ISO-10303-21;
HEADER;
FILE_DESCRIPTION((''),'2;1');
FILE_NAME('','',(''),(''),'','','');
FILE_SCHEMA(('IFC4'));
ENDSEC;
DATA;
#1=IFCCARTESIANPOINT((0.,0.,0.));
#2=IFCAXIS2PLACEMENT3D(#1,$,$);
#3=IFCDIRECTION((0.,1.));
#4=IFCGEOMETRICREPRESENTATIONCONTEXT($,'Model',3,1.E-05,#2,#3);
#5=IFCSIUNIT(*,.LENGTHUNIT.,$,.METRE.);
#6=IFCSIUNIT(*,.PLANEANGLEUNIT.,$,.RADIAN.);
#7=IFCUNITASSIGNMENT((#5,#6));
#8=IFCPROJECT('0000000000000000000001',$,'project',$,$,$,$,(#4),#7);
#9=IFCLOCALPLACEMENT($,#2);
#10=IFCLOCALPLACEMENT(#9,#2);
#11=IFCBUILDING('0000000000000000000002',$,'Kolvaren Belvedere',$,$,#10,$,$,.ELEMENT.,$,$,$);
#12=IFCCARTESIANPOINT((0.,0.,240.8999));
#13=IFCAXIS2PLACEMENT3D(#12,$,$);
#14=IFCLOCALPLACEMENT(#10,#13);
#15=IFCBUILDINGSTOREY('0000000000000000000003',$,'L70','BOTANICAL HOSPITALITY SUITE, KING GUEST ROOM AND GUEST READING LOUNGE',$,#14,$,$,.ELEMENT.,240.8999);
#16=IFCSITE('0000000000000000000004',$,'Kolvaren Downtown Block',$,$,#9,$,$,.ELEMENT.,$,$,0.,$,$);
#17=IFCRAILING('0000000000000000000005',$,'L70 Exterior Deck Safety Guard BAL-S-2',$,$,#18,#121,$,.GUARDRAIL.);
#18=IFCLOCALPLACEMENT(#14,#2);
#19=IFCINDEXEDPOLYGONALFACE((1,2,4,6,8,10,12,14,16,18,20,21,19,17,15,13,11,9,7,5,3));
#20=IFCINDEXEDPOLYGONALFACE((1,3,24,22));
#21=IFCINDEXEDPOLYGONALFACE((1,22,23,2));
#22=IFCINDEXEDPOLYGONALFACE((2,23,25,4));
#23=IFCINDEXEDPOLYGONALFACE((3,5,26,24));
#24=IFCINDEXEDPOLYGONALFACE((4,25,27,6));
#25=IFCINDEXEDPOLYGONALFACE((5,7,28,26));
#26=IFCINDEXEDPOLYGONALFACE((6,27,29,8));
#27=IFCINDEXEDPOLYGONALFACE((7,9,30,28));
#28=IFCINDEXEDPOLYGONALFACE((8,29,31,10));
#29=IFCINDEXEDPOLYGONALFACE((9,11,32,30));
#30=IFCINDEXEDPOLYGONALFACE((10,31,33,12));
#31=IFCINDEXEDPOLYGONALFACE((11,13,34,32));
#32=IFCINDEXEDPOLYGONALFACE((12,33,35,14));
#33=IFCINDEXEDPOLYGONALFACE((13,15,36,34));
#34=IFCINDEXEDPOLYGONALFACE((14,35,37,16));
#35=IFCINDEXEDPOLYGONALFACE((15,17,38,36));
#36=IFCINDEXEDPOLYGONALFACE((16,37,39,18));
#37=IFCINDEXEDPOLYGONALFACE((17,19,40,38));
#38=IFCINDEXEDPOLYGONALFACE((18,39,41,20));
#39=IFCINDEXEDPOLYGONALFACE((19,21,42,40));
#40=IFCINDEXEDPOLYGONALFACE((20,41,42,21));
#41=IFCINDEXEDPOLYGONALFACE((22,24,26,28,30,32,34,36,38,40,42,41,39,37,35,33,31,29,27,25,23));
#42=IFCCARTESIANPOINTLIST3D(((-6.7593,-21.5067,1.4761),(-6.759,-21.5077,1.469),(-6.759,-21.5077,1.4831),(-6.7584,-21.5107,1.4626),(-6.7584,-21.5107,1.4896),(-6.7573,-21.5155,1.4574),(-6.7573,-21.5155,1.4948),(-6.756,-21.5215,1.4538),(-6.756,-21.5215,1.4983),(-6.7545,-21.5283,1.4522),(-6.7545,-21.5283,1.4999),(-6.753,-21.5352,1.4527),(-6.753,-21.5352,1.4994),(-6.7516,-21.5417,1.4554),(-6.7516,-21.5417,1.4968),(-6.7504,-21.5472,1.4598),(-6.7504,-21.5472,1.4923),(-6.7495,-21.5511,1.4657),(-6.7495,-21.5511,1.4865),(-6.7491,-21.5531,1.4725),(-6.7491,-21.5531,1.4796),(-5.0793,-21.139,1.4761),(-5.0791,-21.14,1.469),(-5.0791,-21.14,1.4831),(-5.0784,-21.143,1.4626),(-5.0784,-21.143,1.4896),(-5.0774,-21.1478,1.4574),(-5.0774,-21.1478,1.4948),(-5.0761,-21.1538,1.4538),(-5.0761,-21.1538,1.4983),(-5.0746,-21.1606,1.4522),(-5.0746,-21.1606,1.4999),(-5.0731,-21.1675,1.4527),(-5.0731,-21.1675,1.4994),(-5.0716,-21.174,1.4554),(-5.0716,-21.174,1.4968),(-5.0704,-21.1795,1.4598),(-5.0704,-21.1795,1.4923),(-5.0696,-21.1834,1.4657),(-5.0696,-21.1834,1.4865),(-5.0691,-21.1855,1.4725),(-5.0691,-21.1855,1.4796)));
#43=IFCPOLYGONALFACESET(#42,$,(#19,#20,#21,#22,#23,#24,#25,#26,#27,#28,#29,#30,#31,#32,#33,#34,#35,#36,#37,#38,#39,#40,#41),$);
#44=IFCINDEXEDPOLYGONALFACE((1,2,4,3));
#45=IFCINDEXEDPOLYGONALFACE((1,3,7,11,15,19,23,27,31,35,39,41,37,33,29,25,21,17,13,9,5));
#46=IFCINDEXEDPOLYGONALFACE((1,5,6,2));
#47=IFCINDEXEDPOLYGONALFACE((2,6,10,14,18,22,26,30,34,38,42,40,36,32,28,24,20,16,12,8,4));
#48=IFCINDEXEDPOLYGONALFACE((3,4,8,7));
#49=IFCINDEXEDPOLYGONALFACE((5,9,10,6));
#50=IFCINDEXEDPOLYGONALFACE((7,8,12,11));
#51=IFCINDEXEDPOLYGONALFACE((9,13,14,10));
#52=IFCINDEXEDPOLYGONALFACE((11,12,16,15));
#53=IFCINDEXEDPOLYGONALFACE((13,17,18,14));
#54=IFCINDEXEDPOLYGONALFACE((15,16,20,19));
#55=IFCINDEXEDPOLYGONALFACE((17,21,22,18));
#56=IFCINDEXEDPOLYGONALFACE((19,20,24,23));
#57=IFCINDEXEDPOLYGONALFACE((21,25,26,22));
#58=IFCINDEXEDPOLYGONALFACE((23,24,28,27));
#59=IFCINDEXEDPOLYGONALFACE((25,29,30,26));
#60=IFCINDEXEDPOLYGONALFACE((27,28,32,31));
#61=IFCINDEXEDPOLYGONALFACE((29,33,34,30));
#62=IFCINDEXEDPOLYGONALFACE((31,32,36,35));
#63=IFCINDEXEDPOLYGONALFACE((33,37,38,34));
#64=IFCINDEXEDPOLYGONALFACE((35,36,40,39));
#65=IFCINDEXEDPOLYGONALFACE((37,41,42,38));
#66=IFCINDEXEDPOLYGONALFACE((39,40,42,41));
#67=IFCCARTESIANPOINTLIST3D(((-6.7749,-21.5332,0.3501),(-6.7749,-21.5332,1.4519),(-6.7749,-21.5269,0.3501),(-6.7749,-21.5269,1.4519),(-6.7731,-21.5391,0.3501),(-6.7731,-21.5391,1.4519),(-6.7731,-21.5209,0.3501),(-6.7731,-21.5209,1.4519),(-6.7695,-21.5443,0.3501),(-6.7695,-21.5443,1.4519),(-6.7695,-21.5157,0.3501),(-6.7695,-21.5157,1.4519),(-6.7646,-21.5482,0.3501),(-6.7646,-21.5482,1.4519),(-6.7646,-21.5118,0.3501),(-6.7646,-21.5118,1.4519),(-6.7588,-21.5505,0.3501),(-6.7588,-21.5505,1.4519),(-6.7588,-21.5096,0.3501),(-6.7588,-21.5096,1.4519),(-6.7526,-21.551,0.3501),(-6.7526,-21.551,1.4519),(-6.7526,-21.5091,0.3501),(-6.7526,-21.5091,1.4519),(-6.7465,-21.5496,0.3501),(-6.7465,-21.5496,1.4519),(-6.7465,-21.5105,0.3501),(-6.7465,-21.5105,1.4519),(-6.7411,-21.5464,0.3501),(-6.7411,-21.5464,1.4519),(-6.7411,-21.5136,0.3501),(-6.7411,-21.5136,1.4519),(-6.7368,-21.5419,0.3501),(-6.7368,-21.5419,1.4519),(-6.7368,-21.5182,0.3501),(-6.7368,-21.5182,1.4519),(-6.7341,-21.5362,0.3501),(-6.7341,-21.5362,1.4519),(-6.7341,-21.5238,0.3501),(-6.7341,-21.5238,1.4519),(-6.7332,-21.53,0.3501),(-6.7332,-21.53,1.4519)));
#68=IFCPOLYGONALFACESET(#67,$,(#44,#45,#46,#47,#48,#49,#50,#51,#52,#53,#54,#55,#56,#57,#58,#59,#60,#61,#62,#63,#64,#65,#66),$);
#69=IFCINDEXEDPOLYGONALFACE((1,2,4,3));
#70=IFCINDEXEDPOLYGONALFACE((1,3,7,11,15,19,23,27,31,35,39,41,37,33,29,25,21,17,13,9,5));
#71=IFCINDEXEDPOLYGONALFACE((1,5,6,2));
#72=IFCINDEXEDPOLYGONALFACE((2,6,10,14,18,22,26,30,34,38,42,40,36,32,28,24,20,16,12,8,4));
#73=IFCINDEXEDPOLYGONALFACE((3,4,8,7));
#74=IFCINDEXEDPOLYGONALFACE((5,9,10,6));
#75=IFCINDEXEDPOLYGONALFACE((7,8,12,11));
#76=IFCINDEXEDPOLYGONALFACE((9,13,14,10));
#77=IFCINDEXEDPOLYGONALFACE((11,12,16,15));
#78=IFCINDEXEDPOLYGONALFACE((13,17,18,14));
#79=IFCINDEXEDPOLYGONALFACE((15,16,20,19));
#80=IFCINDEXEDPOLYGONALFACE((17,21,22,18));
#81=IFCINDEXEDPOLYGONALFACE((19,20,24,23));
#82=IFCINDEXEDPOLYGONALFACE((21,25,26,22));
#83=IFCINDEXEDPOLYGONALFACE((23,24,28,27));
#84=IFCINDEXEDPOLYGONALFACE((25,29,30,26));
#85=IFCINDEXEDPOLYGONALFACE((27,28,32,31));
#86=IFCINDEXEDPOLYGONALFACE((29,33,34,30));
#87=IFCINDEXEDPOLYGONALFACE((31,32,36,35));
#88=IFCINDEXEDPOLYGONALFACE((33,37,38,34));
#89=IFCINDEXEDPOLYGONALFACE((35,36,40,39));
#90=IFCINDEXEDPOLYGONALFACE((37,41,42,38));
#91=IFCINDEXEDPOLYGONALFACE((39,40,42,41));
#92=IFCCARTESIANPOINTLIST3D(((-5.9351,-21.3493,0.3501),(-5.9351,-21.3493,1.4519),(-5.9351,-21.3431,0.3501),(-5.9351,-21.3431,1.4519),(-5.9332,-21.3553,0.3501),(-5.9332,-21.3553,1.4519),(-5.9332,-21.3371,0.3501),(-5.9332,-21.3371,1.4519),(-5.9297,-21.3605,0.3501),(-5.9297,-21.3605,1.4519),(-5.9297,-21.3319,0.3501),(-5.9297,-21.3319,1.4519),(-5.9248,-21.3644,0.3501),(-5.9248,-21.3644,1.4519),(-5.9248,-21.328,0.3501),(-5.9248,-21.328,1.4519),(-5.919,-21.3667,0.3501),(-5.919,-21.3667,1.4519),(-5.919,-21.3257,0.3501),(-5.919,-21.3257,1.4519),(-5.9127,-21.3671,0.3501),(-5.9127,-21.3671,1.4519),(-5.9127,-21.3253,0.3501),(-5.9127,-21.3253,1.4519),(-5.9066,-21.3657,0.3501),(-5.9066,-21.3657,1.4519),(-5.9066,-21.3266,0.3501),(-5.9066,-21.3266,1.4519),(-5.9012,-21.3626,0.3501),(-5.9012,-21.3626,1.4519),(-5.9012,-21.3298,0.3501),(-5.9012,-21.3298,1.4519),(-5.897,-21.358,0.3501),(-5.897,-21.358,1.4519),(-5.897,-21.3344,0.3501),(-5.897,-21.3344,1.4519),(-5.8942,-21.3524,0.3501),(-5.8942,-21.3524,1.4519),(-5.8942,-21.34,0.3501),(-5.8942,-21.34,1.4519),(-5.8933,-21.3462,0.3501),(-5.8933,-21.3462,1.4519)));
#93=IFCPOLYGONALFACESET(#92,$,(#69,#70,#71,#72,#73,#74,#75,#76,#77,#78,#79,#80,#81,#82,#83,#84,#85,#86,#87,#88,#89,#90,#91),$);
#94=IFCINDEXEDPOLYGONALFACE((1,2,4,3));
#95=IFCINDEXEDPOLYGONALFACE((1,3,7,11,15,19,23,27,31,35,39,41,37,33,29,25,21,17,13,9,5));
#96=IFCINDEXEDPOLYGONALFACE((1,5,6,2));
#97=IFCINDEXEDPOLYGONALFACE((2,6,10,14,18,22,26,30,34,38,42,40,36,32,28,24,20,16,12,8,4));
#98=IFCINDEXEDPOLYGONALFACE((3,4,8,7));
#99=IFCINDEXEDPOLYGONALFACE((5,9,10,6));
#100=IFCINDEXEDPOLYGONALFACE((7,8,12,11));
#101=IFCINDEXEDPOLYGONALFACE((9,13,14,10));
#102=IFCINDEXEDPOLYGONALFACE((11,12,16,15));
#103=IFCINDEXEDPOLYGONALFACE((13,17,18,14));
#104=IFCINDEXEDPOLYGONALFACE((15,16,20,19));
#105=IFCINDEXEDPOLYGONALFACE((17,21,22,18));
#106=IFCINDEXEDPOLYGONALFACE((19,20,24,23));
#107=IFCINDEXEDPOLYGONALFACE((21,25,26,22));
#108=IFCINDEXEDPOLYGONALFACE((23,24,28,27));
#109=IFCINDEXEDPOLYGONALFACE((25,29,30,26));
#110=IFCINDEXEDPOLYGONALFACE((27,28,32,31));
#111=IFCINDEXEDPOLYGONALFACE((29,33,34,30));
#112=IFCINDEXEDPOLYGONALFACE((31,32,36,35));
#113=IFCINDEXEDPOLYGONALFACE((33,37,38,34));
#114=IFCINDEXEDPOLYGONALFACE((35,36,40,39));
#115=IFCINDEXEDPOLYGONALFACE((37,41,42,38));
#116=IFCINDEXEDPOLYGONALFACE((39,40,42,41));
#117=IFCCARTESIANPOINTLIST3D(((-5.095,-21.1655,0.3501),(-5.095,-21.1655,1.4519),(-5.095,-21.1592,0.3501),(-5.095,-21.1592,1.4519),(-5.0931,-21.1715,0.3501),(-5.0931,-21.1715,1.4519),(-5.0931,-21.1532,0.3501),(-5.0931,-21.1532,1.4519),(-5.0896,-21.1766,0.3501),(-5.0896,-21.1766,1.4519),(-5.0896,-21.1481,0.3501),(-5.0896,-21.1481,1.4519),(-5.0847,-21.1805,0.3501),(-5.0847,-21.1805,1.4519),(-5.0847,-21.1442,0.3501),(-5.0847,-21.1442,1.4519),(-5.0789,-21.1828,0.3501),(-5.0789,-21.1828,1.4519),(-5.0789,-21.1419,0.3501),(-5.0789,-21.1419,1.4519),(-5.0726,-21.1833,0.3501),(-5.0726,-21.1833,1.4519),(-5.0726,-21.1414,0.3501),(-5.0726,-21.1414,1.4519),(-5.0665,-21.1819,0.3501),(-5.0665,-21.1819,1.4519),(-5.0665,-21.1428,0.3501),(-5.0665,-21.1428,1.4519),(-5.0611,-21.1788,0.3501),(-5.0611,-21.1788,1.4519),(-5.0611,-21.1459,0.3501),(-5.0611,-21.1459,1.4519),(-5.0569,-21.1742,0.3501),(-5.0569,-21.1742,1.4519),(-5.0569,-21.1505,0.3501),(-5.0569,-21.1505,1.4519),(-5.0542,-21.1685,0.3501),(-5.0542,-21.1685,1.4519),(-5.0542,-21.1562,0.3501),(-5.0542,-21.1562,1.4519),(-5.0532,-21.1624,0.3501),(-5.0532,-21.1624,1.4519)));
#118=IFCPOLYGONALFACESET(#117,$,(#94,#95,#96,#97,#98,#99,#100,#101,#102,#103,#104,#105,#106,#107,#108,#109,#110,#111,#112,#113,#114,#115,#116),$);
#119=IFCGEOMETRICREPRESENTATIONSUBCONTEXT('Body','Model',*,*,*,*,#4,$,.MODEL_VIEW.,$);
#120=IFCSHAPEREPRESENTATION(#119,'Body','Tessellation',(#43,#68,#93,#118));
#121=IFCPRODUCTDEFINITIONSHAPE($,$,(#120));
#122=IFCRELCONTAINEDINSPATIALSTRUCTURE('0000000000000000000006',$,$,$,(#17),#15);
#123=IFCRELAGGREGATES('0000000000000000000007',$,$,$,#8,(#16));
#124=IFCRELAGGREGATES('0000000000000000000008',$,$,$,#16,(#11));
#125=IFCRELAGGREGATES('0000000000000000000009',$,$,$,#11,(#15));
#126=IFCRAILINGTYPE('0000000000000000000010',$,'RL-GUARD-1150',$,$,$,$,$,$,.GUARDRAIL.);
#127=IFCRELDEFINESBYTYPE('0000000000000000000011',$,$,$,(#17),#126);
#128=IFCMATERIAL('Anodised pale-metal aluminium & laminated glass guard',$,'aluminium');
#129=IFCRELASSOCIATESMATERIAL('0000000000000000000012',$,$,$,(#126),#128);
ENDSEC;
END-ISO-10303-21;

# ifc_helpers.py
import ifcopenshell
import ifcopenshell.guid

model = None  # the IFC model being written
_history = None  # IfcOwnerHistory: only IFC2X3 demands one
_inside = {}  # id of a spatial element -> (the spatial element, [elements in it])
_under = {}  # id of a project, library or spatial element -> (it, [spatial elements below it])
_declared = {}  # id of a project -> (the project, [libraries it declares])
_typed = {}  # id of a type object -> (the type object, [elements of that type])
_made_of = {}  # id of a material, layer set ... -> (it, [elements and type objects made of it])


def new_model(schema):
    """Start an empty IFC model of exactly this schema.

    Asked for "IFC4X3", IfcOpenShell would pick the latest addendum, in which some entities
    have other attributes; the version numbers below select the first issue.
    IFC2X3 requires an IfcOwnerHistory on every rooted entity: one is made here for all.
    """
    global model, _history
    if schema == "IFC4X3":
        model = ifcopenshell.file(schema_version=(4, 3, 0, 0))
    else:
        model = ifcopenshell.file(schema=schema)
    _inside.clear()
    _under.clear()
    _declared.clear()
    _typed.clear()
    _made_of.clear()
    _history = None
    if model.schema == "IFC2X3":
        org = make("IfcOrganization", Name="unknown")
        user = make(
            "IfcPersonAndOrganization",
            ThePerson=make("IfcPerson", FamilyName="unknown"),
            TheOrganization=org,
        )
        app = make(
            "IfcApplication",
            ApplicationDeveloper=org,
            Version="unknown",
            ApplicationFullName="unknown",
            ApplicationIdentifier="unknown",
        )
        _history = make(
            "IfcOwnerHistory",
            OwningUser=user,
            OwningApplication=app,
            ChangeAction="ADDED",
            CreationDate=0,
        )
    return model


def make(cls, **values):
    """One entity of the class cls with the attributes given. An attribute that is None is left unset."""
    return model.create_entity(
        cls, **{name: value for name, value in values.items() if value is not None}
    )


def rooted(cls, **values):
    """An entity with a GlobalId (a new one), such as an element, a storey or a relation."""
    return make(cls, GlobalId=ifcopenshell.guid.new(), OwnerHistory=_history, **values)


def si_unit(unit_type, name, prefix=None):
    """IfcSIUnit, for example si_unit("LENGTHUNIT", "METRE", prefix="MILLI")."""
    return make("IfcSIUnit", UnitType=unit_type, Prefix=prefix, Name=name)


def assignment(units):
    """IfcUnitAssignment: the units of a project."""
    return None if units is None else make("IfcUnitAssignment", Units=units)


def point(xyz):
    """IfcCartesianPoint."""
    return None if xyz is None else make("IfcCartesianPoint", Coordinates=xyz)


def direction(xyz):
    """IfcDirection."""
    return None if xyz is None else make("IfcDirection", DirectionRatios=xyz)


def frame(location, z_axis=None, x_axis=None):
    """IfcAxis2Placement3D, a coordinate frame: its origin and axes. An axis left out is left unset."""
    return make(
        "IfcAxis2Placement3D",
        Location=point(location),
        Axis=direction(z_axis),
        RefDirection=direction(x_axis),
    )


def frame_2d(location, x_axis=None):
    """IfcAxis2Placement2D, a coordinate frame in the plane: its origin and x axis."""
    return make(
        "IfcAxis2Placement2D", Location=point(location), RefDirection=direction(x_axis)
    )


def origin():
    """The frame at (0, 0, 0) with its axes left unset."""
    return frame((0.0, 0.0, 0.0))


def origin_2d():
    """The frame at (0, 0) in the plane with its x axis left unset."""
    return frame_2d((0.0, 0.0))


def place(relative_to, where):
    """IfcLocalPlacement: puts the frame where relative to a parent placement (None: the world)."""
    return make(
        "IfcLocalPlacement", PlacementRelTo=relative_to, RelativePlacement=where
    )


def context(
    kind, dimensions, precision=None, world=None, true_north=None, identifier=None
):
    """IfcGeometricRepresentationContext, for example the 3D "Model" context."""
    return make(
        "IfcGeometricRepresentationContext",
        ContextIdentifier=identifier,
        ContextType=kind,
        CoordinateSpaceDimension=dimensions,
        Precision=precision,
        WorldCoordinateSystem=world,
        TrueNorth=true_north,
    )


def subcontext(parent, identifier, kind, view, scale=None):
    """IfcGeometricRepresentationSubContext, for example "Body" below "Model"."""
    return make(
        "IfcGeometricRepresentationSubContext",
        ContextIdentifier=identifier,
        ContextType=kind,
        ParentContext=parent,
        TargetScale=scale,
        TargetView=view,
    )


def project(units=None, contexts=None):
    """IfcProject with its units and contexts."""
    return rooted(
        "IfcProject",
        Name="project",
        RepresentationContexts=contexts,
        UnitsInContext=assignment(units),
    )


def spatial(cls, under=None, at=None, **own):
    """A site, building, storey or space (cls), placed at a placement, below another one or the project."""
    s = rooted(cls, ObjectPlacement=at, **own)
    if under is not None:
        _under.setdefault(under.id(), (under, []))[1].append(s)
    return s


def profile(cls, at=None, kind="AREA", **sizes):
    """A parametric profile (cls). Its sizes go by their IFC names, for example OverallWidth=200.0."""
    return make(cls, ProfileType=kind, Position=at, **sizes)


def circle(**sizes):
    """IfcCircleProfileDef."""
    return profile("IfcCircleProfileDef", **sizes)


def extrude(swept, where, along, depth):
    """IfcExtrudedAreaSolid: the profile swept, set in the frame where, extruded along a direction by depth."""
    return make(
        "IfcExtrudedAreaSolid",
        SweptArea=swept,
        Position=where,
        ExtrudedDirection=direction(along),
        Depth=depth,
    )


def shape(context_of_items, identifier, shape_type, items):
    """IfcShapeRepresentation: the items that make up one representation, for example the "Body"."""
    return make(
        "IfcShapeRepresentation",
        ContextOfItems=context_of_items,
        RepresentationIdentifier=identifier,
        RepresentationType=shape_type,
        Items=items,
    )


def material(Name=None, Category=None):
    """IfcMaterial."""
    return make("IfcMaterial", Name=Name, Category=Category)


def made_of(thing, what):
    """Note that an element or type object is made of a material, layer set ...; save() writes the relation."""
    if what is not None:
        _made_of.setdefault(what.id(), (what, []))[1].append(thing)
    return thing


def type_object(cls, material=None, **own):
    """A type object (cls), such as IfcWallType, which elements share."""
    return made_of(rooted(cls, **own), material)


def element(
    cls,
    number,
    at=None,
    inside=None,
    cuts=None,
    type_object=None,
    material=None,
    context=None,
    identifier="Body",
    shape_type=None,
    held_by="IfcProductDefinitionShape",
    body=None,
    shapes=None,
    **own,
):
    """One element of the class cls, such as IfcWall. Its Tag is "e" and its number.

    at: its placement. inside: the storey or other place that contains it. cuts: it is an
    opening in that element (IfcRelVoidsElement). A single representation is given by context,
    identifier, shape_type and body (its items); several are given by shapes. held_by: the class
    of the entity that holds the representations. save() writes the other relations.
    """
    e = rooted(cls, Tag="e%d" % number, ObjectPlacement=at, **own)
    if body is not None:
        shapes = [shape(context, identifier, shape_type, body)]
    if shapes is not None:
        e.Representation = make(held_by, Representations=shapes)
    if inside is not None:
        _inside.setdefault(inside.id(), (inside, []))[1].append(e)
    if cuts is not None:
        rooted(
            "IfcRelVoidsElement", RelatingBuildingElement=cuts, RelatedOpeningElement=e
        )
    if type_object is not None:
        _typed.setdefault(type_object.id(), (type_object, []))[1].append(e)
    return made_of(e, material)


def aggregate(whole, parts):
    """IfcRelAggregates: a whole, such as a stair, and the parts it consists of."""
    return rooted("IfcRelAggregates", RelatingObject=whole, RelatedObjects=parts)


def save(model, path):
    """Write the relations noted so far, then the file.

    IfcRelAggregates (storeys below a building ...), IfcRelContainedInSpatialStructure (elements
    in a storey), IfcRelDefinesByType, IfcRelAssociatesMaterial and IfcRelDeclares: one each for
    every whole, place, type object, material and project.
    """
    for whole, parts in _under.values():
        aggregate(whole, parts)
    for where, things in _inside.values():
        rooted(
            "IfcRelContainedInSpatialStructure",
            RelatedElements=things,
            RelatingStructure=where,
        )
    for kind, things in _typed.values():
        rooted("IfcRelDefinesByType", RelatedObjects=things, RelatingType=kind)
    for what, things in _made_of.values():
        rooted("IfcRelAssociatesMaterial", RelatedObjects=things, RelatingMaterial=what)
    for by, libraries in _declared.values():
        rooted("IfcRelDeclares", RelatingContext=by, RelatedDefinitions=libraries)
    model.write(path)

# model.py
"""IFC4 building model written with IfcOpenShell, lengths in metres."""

from ifc_helpers import new_model, si_unit, direction, frame, origin, origin_2d, place, context, subcontext, project, spatial, circle, extrude, material, type_object, element, save


model = new_model("IFC4")

# Units and contexts
model_context = context("Model", 3, precision=1e-05, world=origin(), true_north=direction((0.0, 1.0)))
body_context = subcontext(model_context, "Body", "Model", "MODEL_VIEW")
ifc_project = project(units=[si_unit("LENGTHUNIT", "METRE"), si_unit("PLANEANGLEUNIT", "RADIAN")], contexts=[model_context])

# Site, building, storey
site_placement = place(None, origin())
site = spatial("IfcSite", under=ifc_project, at=site_placement, Name="Kolvaren Downtown Block", CompositionType="ELEMENT", RefElevation=0.0)
building_placement = place(site_placement, origin())
building = spatial("IfcBuilding", under=site, at=building_placement, Name="Kolvaren Belvedere", CompositionType="ELEMENT")
storey_placement = place(building_placement, frame((0.0, 0.0, 240.8999)))
storey = spatial("IfcBuildingStorey", under=building, at=storey_placement, Name="L70", Description="BOTANICAL HOSPITALITY SUITE, KING GUEST ROOM AND GUEST READING LOUNGE", CompositionType="ELEMENT", Elevation=240.8999)

# Railing
ifc_material_1 = material(Name="Anodised pale-metal aluminium & laminated glass guard", Category="aluminium")
railing_type = type_object("IfcRailingType", Name="RL-GUARD-1150", PredefinedType="GUARDRAIL", material=ifc_material_1)
railing_1_placement = place(storey_placement, frame((-6.7542, -21.53, 0.3501)))
element("IfcRailing", 1, at=railing_1_placement, inside=storey, type_object=railing_type, Name="L70 Exterior Deck Safety Guard BAL-S-2", PredefinedType="GUARDRAIL", context=body_context, shape_type="SweptSolid", body=[
    extrude(circle(Radius=0.0239, at=origin_2d()), frame((0.0, 0.0, 1.126), z_axis=(0.976877, 0.213803, 0.0), x_axis=(-0.213803, 0.976877, 0.0)), (0.0, 0.0, 1.0), 1.7197),
    extrude(circle(Radius=0.021, at=origin_2d()), origin(), (0.0, 0.0, 1.0), 1.1018),
    extrude(circle(Radius=0.021, at=origin_2d()), frame((0.8398, 0.1838, 0.0)), (0.0, 0.0, 1.0), 1.1018),
    extrude(circle(Radius=0.021, at=origin_2d()), frame((1.6799, 0.3677, 0.0)), (0.0, 0.0, 1.0), 1.1018),
])

save(model, "model.ifc")
